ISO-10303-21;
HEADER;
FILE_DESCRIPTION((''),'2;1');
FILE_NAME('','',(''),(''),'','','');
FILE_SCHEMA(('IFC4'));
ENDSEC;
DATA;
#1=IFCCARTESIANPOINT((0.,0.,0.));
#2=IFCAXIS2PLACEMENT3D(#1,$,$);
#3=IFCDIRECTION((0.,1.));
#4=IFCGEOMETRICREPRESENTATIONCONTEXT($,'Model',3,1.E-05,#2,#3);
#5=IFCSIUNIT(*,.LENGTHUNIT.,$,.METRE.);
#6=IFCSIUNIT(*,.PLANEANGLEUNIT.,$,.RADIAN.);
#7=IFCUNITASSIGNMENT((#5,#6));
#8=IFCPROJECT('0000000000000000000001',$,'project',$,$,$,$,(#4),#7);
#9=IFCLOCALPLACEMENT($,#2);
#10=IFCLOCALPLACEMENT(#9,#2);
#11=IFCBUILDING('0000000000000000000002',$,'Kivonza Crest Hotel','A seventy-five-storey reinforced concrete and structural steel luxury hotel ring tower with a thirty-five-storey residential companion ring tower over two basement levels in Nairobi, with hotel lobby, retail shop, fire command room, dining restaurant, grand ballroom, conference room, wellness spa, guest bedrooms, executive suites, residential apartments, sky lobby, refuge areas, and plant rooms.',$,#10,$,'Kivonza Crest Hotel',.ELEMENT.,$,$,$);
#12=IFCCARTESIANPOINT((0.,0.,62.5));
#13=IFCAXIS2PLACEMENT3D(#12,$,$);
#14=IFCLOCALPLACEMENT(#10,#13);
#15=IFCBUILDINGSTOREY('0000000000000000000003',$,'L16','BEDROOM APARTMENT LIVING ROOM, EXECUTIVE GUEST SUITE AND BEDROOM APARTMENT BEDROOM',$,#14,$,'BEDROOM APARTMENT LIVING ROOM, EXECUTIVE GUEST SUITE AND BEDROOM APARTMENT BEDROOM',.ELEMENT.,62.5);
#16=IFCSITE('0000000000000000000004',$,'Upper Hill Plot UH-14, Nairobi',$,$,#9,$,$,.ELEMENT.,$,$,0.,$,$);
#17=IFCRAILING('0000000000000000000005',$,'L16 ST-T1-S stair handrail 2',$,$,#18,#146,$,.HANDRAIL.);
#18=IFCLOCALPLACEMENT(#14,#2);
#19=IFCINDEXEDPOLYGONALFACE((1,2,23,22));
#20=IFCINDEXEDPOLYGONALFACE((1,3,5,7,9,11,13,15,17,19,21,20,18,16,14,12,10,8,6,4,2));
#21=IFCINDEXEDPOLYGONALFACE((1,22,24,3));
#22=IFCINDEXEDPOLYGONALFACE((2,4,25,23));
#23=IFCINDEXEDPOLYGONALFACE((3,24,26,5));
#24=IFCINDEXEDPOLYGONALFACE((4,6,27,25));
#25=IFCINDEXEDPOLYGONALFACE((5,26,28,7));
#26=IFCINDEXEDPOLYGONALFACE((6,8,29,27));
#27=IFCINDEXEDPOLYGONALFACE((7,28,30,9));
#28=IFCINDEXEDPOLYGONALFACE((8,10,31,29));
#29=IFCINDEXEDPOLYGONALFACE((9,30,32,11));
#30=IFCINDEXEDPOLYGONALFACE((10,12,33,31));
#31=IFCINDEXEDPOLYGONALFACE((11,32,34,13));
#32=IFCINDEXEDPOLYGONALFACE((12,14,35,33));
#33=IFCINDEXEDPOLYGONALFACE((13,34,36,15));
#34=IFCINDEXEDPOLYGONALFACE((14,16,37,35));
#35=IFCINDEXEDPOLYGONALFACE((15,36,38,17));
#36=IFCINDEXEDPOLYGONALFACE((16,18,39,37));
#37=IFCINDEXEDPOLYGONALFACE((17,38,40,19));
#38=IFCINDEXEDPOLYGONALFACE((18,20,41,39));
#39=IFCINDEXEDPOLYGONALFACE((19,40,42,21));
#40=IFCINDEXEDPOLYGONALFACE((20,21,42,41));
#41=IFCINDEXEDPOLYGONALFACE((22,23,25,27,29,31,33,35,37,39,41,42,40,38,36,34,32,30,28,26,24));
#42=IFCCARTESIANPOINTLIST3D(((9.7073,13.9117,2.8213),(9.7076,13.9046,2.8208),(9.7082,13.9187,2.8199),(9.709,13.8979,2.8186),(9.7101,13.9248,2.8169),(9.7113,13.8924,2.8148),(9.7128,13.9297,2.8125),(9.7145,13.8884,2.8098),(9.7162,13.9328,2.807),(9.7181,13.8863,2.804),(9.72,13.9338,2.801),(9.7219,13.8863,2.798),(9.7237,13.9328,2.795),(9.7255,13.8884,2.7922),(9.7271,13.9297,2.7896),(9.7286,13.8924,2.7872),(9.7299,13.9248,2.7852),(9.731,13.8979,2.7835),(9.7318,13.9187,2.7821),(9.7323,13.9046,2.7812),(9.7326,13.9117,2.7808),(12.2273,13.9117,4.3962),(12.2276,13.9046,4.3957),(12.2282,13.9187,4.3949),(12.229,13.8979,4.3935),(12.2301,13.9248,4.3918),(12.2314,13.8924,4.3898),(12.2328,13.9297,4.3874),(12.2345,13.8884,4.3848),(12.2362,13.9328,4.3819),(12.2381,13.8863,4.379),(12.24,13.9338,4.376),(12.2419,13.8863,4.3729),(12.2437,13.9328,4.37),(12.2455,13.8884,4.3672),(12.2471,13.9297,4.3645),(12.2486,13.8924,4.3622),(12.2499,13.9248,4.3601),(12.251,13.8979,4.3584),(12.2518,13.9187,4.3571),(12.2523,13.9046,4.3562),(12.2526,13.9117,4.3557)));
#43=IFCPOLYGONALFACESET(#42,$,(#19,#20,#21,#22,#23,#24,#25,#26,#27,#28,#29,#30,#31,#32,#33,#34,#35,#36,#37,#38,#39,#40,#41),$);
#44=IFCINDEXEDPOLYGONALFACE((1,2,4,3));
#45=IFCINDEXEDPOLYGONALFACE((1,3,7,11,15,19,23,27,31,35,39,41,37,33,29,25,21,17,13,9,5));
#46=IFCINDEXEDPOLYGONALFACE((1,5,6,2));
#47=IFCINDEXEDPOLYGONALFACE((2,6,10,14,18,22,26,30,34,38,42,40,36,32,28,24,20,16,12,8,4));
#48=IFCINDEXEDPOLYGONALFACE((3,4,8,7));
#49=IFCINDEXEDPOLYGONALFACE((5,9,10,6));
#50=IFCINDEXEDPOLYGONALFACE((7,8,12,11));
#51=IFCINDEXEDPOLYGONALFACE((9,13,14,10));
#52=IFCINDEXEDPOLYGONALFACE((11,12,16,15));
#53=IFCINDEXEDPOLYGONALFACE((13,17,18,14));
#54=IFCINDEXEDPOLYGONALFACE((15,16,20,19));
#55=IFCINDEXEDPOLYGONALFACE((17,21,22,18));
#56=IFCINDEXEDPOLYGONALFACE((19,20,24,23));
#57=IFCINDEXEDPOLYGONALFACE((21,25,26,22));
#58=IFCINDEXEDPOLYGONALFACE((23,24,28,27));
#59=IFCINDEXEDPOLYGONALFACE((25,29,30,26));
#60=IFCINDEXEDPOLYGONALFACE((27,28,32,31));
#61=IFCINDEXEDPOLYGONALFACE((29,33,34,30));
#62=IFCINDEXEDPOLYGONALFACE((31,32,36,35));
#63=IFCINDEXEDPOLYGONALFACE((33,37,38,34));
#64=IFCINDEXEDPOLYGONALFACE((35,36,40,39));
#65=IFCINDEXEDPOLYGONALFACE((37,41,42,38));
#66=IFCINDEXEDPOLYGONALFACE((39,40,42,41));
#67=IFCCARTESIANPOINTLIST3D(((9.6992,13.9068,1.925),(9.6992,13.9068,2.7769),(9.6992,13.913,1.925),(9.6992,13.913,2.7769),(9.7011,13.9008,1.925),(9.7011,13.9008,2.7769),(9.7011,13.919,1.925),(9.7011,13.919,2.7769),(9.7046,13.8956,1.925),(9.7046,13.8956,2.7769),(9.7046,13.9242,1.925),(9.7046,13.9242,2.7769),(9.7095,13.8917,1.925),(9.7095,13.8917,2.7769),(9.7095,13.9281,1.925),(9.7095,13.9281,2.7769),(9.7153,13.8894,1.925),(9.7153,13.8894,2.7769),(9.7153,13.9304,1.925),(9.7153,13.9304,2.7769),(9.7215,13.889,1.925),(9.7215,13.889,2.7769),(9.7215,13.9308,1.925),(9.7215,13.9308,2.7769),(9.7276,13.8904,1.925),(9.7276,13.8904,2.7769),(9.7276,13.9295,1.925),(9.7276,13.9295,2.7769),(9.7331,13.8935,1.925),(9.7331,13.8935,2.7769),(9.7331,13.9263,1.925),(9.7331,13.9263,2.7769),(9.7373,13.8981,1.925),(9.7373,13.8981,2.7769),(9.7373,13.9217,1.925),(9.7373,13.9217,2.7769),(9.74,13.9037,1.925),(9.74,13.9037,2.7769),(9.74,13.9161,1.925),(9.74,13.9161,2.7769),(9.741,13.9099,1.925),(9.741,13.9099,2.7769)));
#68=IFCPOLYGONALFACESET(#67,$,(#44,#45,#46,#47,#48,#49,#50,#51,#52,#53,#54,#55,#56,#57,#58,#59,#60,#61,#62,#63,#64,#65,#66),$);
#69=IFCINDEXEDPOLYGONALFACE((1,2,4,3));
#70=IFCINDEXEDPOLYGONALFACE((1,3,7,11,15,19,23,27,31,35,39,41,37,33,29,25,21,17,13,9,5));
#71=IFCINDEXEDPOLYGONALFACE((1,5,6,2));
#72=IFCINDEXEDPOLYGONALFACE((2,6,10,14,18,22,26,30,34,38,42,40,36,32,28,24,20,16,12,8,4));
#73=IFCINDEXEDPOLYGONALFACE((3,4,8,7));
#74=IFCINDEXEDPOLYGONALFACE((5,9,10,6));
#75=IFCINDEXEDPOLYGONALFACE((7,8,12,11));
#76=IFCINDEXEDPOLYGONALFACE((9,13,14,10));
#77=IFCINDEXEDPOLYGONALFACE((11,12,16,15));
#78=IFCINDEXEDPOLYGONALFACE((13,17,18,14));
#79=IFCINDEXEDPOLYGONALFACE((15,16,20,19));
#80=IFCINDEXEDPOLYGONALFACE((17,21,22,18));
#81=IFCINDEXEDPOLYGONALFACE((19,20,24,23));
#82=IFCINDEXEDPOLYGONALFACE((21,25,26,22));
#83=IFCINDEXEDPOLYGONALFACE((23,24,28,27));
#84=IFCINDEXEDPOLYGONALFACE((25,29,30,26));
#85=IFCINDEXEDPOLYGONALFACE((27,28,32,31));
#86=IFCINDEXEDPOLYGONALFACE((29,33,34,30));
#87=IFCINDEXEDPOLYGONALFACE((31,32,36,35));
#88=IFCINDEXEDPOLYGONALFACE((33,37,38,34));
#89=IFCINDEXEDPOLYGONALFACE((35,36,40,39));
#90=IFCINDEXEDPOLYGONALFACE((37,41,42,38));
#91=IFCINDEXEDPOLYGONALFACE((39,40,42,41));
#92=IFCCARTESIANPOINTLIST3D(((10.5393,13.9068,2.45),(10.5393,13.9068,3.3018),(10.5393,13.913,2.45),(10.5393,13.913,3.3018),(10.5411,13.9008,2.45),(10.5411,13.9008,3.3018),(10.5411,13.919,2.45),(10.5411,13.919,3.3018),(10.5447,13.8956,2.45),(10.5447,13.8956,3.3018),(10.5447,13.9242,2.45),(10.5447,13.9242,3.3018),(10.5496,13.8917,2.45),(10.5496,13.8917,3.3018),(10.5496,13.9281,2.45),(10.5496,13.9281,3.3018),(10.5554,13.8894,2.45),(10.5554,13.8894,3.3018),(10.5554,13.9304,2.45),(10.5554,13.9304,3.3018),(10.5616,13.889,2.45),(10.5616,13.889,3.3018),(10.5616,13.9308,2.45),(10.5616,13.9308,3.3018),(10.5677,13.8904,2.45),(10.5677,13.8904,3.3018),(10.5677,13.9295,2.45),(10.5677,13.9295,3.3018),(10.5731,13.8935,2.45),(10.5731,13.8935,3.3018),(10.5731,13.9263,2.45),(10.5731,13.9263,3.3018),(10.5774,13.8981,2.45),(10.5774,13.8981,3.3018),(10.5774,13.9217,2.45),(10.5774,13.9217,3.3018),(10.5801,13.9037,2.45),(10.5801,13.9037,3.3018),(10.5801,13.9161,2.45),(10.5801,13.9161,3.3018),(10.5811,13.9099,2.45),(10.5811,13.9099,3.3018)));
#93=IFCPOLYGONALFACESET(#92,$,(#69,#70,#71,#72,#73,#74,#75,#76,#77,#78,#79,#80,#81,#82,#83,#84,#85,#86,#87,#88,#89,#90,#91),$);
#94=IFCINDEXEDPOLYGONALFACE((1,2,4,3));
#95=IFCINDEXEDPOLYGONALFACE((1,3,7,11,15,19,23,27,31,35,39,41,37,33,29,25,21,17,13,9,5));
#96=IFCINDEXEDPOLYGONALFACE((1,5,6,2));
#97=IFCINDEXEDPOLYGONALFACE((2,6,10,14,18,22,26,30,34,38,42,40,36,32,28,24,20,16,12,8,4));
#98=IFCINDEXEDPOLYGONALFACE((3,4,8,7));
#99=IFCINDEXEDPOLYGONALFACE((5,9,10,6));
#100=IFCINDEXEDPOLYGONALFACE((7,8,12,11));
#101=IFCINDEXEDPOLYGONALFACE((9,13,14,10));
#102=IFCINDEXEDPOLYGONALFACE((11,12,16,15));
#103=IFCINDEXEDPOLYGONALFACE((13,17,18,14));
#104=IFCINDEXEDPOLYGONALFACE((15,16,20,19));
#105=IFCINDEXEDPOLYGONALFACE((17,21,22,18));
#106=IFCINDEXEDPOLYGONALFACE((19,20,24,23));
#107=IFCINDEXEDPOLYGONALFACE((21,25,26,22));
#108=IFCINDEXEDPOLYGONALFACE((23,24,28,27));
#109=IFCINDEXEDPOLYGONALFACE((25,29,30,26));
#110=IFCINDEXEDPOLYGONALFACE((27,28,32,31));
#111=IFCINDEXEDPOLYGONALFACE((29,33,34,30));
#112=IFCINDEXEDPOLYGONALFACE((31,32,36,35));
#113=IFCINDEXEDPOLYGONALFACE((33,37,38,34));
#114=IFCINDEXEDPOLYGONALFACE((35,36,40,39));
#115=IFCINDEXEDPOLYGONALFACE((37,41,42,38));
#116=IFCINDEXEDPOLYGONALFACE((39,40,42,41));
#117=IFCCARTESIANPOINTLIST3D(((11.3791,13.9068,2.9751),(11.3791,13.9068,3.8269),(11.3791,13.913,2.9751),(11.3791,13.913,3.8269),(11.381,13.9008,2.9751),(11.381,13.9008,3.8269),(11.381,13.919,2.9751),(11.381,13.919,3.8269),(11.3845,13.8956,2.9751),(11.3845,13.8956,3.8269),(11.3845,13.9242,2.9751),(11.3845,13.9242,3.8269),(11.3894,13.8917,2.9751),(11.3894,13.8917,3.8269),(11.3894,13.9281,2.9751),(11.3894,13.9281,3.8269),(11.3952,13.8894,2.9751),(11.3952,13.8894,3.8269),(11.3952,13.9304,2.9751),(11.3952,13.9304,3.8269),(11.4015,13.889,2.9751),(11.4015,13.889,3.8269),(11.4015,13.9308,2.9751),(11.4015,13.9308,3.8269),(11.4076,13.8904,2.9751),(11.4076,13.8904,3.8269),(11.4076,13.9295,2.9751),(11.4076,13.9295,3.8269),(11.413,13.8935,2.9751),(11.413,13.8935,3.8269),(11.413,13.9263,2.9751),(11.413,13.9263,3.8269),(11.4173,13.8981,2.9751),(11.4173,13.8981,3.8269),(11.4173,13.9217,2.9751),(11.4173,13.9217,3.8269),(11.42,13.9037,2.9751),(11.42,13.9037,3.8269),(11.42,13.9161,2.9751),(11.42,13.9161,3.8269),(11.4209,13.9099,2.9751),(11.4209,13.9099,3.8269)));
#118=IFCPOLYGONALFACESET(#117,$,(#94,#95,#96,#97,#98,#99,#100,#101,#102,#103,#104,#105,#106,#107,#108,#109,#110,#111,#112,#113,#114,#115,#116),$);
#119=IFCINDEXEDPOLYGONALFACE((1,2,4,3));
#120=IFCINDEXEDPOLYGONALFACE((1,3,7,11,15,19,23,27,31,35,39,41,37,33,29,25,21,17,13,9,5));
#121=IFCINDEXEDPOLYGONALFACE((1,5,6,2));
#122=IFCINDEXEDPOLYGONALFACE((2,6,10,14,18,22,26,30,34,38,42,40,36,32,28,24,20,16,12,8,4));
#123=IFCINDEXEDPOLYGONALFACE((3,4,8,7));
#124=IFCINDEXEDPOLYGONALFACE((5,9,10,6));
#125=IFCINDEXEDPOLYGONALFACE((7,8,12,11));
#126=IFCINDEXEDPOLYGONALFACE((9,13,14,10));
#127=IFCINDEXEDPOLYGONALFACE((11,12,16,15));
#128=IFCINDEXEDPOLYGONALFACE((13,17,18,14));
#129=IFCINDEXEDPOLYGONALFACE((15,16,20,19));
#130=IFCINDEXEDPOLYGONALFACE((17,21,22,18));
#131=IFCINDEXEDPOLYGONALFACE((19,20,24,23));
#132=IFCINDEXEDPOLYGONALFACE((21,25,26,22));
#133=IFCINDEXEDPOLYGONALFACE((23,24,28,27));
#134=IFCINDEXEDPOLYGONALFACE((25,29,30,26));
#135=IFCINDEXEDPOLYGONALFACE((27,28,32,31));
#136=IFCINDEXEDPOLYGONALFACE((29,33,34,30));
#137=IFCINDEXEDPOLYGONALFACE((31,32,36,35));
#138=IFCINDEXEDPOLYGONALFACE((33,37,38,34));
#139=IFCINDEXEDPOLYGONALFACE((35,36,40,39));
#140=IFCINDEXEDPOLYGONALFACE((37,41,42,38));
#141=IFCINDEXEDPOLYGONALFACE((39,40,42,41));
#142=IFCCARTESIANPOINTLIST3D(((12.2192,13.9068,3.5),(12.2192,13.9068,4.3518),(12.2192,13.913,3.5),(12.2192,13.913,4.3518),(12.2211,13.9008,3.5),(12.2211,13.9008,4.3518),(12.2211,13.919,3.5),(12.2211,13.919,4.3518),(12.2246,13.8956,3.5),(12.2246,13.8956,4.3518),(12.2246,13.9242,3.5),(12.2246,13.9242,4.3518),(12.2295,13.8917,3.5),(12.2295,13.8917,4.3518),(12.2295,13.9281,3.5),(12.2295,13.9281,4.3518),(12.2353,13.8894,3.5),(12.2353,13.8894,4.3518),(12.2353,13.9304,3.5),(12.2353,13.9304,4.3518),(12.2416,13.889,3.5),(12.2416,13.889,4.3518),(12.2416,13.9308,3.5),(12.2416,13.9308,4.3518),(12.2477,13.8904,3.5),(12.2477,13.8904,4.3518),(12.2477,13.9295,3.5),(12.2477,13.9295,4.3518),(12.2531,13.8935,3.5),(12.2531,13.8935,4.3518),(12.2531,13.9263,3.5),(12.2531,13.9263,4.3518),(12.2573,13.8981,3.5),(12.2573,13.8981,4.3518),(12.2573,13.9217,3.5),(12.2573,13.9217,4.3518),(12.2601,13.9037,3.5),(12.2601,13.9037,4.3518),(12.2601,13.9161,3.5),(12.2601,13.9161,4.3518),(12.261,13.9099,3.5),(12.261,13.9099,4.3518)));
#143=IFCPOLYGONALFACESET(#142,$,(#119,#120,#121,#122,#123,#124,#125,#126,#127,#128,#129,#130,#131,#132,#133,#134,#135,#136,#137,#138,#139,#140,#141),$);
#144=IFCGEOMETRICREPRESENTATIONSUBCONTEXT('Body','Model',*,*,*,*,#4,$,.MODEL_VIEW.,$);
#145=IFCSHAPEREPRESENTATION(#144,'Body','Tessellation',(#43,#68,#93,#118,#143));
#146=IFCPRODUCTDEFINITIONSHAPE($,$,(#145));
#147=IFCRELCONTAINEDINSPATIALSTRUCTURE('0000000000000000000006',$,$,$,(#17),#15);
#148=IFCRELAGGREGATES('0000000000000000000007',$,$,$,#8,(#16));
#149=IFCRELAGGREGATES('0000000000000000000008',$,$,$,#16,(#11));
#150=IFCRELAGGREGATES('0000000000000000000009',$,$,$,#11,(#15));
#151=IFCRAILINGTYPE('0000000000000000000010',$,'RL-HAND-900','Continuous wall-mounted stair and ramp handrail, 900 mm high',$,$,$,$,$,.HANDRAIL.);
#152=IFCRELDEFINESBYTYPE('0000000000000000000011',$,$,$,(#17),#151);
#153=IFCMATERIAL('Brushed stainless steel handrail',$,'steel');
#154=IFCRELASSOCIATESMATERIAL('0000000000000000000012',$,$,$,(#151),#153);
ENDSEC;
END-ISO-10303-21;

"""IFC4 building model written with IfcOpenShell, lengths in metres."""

from ifc_helpers import new_model, si_unit, direction, frame, origin, origin_2d, place, context, subcontext, project, spatial, circle, extrude, material, type_object, element, save


model = new_model("IFC4")

# Units and contexts
model_context = context("Model", 3, precision=1e-05, world=origin(), true_north=direction((0.0, 1.0)))
body_context = subcontext(model_context, "Body", "Model", "MODEL_VIEW")
ifc_project = project(units=[si_unit("LENGTHUNIT", "METRE"), si_unit("PLANEANGLEUNIT", "RADIAN")], contexts=[model_context])

# Site, building, storey
site_placement = place(None, origin())
site = spatial("IfcSite", under=ifc_project, at=site_placement, Name="Upper Hill Plot UH-14, Nairobi", CompositionType="ELEMENT", RefElevation=0.0)
building_placement = place(site_placement, origin())
building = spatial("IfcBuilding", under=site, at=building_placement, Name="Kivonza Crest Hotel", Description="A seventy-five-storey reinforced concrete and structural steel luxury hotel ring tower with a thirty-five-storey residential companion ring tower over two basement levels in Nairobi, with hotel lobby, retail shop, fire command room, dining restaurant, grand ballroom, conference room, wellness spa, guest bedrooms, executive suites, residential apartments, sky lobby, refuge areas, and plant rooms.", LongName="Kivonza Crest Hotel", CompositionType="ELEMENT")
storey_placement = place(building_placement, frame((0.0, 0.0, 62.5)))
storey = spatial("IfcBuildingStorey", under=building, at=storey_placement, Name="L16", Description="BEDROOM APARTMENT LIVING ROOM, EXECUTIVE GUEST SUITE AND BEDROOM APARTMENT BEDROOM", LongName="BEDROOM APARTMENT LIVING ROOM, EXECUTIVE GUEST SUITE AND BEDROOM APARTMENT BEDROOM", CompositionType="ELEMENT", Elevation=62.5)

# Railing
ifc_material_1 = material(Name="Brushed stainless steel handrail", Category="steel")
railing_type_1 = type_object("IfcRailingType", Name="RL-HAND-900", Description="Continuous wall-mounted stair and ramp handrail, 900 mm high", PredefinedType="HANDRAIL", material=ifc_material_1)
railing_1_placement = place(storey_placement, frame((9.72, 13.9099, 1.925)))
element("IfcRailing", 1, at=railing_1_placement, inside=storey, type_object=railing_type_1, Name="L16 ST-T1-S stair handrail 2", PredefinedType="HANDRAIL", context=body_context, shape_type="SweptSolid", body=[
    extrude(circle(Radius=0.0239, at=origin_2d()), frame((0.0, 0.0, 0.876), z_axis=(0.848008, 0.0, 0.529984), x_axis=(0.0, 1.0, 0.0)), (0.0, 0.0, 1.0), 2.9717),
    extrude(circle(Radius=0.021, at=origin_2d()), origin(), (0.0, 0.0, 1.0), 0.8518),
    extrude(circle(Radius=0.021, at=origin_2d()), frame((0.8401, 0.0, 0.5249)), (0.0, 0.0, 1.0), 0.8518),
    extrude(circle(Radius=0.021, at=origin_2d()), frame((1.6799, 0.0, 1.05)), (0.0, 0.0, 1.0), 0.8518),
    extrude(circle(Radius=0.021, at=origin_2d()), frame((2.52, 0.0, 1.575)), (0.0, 0.0, 1.0), 0.8518),
])

save(model, "model.ifc")
